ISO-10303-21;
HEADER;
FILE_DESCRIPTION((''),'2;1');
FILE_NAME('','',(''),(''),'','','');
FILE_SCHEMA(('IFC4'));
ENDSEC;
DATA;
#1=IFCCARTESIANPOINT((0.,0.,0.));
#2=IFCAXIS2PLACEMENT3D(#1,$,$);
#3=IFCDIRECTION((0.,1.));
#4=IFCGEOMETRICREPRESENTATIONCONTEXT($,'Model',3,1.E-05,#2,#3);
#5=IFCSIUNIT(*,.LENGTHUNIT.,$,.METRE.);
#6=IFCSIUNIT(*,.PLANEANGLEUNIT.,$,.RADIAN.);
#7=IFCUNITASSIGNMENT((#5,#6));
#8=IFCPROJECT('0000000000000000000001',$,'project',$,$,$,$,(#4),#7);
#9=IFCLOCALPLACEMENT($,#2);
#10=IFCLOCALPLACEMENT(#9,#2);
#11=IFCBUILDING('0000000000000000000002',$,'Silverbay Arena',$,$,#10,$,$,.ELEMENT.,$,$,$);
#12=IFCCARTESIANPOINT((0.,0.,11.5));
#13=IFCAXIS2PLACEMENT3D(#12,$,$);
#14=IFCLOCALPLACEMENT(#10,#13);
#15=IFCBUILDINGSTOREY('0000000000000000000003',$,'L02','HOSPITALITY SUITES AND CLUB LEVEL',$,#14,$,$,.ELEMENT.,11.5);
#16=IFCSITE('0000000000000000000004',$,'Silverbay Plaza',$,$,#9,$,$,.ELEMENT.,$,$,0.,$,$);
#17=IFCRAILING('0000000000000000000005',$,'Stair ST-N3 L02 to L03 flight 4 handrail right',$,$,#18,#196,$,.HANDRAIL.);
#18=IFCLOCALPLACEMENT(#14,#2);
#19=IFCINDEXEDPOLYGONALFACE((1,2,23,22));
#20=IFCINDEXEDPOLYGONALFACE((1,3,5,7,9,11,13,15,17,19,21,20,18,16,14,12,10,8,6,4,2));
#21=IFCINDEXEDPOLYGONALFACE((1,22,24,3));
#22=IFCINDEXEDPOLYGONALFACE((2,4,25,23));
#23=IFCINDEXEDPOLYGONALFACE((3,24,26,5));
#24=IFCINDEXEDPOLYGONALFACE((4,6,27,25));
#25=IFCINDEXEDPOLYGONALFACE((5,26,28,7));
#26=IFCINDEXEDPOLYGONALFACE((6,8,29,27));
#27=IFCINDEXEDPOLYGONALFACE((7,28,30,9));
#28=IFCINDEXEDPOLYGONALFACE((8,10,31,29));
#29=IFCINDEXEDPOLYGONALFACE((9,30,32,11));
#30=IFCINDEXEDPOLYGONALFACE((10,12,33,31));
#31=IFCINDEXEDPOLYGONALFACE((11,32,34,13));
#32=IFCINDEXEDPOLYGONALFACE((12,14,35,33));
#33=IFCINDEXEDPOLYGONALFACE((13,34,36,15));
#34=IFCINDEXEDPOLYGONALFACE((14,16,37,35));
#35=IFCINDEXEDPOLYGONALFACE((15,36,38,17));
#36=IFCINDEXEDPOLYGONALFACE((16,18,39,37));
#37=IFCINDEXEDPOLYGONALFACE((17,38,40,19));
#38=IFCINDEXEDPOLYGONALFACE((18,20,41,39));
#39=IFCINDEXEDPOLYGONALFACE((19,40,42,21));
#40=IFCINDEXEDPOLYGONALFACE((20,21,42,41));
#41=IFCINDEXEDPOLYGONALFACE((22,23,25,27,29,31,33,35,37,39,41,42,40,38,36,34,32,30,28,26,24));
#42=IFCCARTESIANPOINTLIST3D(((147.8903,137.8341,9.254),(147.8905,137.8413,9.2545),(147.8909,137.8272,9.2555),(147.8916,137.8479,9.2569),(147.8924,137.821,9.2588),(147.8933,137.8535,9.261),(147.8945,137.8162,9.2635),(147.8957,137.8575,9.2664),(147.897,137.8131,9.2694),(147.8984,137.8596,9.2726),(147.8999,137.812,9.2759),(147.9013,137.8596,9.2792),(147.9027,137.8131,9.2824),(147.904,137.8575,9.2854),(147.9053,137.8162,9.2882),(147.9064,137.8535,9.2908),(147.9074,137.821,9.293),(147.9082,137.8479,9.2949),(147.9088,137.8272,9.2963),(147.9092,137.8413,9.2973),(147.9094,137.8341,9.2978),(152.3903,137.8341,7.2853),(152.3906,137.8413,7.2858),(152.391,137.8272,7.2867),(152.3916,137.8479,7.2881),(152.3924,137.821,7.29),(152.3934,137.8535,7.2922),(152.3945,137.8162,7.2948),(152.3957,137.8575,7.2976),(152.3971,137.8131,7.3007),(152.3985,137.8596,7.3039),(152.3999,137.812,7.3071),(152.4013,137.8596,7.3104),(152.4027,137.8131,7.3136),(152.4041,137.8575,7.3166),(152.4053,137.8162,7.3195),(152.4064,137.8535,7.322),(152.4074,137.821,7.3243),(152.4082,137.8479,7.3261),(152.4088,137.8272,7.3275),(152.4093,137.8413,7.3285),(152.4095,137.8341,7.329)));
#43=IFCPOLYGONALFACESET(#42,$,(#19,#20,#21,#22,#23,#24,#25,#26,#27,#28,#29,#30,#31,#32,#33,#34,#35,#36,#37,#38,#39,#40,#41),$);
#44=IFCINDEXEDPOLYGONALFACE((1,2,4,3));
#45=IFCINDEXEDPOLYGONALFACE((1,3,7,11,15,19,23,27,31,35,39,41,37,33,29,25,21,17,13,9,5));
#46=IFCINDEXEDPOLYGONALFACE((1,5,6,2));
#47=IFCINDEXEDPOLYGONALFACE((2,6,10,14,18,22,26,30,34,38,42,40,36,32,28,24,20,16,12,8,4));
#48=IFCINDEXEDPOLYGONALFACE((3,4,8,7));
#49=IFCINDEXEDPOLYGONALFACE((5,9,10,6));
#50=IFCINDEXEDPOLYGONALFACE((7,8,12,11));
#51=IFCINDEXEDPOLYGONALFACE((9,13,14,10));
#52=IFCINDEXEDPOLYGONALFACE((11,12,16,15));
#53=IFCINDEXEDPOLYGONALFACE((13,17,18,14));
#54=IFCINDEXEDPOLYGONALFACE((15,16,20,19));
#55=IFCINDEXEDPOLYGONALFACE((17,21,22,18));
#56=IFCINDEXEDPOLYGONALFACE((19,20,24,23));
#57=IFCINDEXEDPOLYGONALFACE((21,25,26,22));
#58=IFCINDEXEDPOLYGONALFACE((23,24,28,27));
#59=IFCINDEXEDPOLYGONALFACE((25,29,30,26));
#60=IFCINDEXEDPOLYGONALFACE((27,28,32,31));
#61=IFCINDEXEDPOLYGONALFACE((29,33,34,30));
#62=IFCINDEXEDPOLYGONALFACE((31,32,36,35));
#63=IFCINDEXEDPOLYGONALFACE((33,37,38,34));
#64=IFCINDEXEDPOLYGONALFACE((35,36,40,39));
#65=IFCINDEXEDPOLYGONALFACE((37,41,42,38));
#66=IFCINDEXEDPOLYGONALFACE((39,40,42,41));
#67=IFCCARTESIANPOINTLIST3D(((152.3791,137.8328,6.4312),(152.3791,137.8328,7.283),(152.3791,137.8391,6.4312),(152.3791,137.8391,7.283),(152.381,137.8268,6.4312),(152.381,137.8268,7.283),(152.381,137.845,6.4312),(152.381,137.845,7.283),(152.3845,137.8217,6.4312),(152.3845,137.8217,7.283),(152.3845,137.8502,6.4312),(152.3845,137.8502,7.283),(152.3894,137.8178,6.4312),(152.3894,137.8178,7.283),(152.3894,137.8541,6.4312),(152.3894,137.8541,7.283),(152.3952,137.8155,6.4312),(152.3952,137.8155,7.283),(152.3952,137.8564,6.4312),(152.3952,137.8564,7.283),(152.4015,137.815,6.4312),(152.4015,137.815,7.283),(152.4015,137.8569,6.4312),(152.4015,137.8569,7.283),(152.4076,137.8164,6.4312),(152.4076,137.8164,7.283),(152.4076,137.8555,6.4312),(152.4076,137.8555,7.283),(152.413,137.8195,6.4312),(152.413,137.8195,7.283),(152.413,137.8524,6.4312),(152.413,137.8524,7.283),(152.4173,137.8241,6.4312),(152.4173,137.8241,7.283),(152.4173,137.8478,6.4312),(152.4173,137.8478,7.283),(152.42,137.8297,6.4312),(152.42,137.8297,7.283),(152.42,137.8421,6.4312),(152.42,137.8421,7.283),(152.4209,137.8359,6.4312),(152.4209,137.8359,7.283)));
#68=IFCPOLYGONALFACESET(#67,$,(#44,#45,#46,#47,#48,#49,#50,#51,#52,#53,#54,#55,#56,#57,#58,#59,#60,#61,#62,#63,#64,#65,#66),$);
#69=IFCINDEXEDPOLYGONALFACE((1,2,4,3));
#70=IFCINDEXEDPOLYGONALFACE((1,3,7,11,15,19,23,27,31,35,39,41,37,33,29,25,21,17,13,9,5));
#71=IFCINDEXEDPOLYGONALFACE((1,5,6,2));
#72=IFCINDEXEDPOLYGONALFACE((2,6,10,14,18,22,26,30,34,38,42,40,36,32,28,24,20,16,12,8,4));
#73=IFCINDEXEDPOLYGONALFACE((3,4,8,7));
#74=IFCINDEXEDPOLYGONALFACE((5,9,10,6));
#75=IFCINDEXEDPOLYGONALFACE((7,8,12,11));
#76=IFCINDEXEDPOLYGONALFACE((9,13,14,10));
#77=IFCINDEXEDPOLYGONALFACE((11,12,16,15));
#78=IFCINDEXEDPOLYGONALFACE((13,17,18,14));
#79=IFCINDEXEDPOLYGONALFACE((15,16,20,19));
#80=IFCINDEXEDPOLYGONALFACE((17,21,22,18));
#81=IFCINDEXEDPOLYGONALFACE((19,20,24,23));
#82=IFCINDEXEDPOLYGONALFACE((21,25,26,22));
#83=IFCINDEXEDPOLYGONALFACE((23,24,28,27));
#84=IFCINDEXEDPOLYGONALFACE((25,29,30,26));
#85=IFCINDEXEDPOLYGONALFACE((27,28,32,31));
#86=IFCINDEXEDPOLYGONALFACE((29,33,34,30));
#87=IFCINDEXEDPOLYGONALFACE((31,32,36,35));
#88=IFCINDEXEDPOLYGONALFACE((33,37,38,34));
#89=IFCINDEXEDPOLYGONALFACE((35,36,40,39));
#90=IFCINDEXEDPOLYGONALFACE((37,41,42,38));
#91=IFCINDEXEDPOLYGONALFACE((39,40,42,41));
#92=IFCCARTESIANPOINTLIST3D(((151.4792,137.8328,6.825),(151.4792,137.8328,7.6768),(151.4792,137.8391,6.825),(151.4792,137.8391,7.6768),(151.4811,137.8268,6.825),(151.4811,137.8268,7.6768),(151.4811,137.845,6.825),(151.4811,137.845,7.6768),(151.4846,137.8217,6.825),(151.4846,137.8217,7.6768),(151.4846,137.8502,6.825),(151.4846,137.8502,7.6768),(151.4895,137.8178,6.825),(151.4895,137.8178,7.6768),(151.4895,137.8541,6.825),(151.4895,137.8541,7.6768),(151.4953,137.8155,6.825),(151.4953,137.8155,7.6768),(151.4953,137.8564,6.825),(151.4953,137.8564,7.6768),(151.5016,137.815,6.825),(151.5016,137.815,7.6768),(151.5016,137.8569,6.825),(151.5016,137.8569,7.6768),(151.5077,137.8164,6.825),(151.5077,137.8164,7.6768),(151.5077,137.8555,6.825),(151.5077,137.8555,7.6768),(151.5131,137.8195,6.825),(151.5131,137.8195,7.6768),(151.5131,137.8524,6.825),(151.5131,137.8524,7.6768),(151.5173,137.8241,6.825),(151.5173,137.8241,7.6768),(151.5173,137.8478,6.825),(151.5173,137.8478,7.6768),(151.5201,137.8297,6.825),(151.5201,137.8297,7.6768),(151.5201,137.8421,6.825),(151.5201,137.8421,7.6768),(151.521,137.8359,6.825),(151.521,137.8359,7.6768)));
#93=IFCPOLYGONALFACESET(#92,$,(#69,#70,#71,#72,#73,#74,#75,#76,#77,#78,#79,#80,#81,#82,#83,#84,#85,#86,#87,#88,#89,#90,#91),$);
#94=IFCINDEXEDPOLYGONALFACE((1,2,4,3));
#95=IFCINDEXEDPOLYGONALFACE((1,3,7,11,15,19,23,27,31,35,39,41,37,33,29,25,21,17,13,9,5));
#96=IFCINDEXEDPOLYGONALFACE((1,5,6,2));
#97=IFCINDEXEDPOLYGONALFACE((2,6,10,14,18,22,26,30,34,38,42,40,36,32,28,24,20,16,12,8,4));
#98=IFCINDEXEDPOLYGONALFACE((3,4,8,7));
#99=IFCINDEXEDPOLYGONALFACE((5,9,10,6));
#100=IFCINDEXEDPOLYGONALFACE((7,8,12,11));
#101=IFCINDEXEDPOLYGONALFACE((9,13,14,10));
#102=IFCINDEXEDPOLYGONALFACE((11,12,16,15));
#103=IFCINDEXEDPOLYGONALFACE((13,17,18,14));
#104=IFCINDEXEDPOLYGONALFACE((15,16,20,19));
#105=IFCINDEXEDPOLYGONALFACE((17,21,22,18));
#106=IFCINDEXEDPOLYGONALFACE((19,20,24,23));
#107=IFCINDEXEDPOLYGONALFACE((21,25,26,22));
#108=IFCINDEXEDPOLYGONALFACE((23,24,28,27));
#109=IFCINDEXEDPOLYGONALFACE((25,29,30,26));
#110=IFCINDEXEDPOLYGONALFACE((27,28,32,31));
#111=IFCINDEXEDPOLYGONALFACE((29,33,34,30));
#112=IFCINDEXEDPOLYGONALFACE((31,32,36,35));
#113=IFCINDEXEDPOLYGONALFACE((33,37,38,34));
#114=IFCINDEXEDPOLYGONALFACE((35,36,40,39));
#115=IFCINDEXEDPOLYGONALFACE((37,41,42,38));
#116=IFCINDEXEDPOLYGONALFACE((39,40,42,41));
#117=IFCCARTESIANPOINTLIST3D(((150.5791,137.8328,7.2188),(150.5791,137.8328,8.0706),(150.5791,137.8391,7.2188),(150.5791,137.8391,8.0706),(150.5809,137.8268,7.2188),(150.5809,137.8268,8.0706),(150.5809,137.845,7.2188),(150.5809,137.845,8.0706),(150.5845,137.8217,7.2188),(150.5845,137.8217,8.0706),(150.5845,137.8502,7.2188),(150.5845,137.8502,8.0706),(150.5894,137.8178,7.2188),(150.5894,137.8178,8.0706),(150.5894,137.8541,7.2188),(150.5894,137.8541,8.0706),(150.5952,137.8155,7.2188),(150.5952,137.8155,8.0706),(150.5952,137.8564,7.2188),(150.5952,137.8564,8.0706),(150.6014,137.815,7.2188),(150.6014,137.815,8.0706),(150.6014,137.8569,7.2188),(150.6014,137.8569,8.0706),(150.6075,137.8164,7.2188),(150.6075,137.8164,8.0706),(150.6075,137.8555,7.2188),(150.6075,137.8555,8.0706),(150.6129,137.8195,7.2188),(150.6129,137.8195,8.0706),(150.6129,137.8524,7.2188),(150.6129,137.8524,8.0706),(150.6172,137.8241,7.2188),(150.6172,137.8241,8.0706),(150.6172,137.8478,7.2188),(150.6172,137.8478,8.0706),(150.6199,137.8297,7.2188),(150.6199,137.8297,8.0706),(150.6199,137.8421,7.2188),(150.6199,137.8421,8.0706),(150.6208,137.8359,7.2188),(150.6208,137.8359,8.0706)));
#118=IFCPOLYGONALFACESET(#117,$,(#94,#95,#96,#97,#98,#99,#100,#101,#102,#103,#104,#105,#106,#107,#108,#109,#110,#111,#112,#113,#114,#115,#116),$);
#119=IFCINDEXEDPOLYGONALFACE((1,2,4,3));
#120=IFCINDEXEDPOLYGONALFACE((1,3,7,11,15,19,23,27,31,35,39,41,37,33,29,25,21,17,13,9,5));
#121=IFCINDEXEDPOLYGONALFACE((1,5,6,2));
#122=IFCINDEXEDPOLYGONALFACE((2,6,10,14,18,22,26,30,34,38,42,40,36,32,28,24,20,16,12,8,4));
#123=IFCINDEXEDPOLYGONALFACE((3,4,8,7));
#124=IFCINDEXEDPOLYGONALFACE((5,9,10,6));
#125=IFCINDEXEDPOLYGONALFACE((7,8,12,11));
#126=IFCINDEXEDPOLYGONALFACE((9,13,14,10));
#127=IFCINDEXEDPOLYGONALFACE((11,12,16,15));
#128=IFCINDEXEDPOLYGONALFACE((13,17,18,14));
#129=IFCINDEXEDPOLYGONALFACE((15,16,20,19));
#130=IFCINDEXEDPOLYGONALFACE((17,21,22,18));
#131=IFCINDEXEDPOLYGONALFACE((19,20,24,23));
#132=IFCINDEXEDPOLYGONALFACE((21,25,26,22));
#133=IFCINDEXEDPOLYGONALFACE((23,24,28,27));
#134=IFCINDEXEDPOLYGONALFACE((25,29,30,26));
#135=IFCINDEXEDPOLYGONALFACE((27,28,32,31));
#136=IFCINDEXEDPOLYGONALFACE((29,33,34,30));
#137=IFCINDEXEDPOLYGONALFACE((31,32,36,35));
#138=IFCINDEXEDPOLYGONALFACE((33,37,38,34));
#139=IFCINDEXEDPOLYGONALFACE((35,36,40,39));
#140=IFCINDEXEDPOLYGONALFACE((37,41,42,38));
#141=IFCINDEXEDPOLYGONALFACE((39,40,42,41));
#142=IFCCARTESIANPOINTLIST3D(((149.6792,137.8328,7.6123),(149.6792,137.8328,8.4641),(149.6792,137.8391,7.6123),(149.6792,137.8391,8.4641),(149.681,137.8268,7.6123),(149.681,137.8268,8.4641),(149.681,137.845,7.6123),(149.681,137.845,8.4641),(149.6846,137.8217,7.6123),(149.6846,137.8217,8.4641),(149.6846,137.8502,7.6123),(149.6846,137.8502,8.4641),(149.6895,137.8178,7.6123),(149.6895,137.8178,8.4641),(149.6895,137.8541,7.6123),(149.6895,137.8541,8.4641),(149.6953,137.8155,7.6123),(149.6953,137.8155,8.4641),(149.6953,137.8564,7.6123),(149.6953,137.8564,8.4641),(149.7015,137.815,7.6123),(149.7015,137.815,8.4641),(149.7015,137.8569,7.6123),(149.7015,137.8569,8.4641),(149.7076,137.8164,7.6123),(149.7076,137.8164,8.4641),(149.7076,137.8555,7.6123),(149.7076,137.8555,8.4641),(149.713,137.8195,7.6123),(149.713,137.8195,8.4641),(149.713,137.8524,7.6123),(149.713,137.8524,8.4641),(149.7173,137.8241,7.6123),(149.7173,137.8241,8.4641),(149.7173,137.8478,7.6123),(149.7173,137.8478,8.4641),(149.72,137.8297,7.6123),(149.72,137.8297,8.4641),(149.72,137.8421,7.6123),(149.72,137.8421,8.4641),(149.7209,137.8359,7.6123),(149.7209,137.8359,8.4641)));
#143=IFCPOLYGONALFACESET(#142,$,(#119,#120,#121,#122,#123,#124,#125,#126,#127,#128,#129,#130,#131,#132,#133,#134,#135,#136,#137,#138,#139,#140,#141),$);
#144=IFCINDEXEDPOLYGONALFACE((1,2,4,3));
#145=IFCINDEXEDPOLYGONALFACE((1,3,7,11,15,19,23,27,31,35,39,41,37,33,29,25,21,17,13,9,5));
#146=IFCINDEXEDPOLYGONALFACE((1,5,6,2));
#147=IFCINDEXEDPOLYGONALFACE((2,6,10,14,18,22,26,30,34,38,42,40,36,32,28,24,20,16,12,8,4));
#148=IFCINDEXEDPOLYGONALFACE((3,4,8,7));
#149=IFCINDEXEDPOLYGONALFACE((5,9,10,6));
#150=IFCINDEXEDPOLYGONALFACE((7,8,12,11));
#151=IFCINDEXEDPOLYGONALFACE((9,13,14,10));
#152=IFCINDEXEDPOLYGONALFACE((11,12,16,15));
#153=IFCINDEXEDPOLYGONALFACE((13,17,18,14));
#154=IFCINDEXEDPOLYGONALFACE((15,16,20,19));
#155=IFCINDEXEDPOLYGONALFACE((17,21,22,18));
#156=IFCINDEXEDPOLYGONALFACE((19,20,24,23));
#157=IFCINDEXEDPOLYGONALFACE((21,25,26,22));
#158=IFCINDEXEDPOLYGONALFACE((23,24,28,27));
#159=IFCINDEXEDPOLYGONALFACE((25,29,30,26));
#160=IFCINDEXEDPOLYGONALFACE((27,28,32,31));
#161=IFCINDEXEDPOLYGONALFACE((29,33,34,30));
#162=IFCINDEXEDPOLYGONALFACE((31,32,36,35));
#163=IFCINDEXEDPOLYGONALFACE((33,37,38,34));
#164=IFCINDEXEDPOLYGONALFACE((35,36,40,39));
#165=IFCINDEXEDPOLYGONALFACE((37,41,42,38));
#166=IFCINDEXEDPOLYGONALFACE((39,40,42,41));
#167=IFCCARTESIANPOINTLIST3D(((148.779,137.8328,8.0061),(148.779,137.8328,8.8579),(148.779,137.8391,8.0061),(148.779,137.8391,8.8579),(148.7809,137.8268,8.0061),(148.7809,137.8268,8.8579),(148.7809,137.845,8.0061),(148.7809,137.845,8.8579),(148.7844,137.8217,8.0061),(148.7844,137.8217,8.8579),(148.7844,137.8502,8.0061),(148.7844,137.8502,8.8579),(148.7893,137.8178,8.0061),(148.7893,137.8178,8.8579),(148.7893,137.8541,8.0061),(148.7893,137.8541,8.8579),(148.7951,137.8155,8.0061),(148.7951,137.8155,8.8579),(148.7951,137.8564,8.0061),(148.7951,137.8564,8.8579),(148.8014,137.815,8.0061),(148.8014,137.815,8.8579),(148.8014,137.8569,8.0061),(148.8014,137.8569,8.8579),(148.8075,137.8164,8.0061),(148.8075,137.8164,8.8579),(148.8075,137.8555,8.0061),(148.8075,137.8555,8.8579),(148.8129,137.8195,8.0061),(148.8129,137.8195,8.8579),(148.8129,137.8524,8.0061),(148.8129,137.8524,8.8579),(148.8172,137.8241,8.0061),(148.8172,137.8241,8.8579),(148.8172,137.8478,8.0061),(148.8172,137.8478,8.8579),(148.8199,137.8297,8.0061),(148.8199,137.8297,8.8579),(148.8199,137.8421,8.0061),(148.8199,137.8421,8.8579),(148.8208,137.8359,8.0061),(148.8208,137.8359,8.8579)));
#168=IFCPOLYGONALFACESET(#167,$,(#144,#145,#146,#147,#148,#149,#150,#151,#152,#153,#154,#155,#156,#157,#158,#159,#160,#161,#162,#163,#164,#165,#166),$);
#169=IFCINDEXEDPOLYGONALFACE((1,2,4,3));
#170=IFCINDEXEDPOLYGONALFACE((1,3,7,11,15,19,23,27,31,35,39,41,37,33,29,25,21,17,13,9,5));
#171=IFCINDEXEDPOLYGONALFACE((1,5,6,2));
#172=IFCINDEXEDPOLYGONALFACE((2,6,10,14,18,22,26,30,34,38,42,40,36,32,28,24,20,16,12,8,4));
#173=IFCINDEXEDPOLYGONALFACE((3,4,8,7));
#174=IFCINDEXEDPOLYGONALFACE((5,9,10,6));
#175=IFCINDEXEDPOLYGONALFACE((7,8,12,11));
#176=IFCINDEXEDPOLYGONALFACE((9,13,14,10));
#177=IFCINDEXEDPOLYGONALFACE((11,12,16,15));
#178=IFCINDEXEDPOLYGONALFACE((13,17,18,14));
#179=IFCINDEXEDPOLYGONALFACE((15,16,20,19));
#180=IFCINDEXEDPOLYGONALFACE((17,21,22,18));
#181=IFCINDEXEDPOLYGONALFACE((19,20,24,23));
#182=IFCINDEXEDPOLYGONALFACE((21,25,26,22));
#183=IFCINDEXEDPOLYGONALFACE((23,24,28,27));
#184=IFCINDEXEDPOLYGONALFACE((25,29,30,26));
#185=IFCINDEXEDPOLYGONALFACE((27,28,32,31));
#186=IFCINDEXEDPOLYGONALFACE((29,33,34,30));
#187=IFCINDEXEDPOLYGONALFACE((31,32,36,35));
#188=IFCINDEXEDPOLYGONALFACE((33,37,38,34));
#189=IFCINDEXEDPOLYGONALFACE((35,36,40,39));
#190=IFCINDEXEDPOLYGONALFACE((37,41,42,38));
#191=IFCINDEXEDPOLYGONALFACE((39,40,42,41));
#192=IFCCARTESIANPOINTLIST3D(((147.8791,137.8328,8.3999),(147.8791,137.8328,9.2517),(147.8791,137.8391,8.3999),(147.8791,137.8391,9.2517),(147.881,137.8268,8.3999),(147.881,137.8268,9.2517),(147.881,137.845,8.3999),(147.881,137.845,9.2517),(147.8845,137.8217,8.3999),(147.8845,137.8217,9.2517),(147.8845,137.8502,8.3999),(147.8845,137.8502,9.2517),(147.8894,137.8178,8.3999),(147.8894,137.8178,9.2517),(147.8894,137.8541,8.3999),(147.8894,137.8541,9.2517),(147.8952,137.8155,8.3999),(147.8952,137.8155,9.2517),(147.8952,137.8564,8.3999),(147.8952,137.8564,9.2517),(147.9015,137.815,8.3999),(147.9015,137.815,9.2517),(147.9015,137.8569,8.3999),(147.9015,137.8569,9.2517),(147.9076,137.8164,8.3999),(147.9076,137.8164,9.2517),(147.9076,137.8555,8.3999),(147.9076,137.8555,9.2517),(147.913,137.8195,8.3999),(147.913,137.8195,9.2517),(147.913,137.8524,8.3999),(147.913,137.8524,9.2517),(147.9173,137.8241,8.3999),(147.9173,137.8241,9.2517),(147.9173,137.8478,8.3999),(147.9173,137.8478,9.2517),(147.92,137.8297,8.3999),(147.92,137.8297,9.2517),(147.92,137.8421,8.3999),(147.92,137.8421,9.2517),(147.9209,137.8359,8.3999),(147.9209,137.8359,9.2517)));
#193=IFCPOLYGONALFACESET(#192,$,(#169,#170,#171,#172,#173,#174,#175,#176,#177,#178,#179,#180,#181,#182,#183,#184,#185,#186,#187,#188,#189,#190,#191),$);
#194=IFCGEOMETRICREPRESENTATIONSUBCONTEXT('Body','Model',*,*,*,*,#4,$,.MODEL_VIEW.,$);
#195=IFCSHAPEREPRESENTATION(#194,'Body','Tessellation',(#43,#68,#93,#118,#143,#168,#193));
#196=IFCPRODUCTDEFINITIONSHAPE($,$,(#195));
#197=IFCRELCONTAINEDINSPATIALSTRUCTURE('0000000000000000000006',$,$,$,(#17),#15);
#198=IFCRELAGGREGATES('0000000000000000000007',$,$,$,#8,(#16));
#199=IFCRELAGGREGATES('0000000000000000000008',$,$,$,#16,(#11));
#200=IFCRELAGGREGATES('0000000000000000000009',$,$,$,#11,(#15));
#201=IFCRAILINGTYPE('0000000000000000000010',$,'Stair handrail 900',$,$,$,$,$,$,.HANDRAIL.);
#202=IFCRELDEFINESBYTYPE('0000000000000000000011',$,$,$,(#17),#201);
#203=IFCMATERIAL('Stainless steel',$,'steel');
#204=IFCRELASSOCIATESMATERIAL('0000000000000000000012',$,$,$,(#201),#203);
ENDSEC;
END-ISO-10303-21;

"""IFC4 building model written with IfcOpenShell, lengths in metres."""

from ifc_helpers import new_model, si_unit, direction, frame, origin, origin_2d, place, context, subcontext, project, spatial, circle, extrude, material, type_object, element, save


model = new_model("IFC4")

# Units and contexts
model_context = context("Model", 3, precision=1e-05, world=origin(), true_north=direction((0.0, 1.0)))
body_context = subcontext(model_context, "Body", "Model", "MODEL_VIEW")
ifc_project = project(units=[si_unit("LENGTHUNIT", "METRE"), si_unit("PLANEANGLEUNIT", "RADIAN")], contexts=[model_context])

# Site, building, storey
site_placement = place(None, origin())
site = spatial("IfcSite", under=ifc_project, at=site_placement, Name="Silverbay Plaza", CompositionType="ELEMENT", RefElevation=0.0)
building_placement = place(site_placement, origin())
building = spatial("IfcBuilding", under=site, at=building_placement, Name="Silverbay Arena", CompositionType="ELEMENT")
storey_placement = place(building_placement, frame((0.0, 0.0, 11.5)))
storey = spatial("IfcBuildingStorey", under=building, at=storey_placement, Name="L02", Description="HOSPITALITY SUITES AND CLUB LEVEL", CompositionType="ELEMENT", Elevation=11.5)

# Railing
ifc_material_1 = material(Name="Stainless steel", Category="steel")
railing_type_1 = type_object("IfcRailingType", Name="Stair handrail 900", PredefinedType="HANDRAIL", material=ifc_material_1)
for number, where, name in (
    (1, (152.3999, 137.8359, 6.4312), "Stair ST-N3 L02 to L03 flight 4 handrail right"),
):
    element("IfcRailing", number, at=place(storey_placement, frame(where)), inside=storey, type_object=railing_type_1, Name=name, PredefinedType="HANDRAIL", context=body_context, shape_type="SweptSolid", body=[
        extrude(circle(Radius=0.0239, at=origin_2d()), frame((0.0, 0.0, 0.876), z_axis=(-0.916157, 0.0, 0.400819), x_axis=(0.0, -1.0, 0.0)), (0.0, 0.0, 1.0), 4.9119),
        extrude(circle(Radius=0.021, at=origin_2d()), origin(), (0.0, 0.0, 1.0), 0.8518),
        extrude(circle(Radius=0.021, at=origin_2d()), frame((-0.8999, 0.0, 0.3938)), (0.0, 0.0, 1.0), 0.8518),
        extrude(circle(Radius=0.021, at=origin_2d()), frame((-1.8, 0.0, 0.7876)), (0.0, 0.0, 1.0), 0.8518),
        extrude(circle(Radius=0.021, at=origin_2d()), frame((-2.7, 0.0, 1.1812)), (0.0, 0.0, 1.0), 0.8518),
        extrude(circle(Radius=0.021, at=origin_2d()), frame((-3.6001, 0.0, 1.575)), (0.0, 0.0, 1.0), 0.8518),
        extrude(circle(Radius=0.021, at=origin_2d()), frame((-4.5, 0.0, 1.9688)), (0.0, 0.0, 1.0), 0.8518),
    ])

save(model, "model.ifc")
